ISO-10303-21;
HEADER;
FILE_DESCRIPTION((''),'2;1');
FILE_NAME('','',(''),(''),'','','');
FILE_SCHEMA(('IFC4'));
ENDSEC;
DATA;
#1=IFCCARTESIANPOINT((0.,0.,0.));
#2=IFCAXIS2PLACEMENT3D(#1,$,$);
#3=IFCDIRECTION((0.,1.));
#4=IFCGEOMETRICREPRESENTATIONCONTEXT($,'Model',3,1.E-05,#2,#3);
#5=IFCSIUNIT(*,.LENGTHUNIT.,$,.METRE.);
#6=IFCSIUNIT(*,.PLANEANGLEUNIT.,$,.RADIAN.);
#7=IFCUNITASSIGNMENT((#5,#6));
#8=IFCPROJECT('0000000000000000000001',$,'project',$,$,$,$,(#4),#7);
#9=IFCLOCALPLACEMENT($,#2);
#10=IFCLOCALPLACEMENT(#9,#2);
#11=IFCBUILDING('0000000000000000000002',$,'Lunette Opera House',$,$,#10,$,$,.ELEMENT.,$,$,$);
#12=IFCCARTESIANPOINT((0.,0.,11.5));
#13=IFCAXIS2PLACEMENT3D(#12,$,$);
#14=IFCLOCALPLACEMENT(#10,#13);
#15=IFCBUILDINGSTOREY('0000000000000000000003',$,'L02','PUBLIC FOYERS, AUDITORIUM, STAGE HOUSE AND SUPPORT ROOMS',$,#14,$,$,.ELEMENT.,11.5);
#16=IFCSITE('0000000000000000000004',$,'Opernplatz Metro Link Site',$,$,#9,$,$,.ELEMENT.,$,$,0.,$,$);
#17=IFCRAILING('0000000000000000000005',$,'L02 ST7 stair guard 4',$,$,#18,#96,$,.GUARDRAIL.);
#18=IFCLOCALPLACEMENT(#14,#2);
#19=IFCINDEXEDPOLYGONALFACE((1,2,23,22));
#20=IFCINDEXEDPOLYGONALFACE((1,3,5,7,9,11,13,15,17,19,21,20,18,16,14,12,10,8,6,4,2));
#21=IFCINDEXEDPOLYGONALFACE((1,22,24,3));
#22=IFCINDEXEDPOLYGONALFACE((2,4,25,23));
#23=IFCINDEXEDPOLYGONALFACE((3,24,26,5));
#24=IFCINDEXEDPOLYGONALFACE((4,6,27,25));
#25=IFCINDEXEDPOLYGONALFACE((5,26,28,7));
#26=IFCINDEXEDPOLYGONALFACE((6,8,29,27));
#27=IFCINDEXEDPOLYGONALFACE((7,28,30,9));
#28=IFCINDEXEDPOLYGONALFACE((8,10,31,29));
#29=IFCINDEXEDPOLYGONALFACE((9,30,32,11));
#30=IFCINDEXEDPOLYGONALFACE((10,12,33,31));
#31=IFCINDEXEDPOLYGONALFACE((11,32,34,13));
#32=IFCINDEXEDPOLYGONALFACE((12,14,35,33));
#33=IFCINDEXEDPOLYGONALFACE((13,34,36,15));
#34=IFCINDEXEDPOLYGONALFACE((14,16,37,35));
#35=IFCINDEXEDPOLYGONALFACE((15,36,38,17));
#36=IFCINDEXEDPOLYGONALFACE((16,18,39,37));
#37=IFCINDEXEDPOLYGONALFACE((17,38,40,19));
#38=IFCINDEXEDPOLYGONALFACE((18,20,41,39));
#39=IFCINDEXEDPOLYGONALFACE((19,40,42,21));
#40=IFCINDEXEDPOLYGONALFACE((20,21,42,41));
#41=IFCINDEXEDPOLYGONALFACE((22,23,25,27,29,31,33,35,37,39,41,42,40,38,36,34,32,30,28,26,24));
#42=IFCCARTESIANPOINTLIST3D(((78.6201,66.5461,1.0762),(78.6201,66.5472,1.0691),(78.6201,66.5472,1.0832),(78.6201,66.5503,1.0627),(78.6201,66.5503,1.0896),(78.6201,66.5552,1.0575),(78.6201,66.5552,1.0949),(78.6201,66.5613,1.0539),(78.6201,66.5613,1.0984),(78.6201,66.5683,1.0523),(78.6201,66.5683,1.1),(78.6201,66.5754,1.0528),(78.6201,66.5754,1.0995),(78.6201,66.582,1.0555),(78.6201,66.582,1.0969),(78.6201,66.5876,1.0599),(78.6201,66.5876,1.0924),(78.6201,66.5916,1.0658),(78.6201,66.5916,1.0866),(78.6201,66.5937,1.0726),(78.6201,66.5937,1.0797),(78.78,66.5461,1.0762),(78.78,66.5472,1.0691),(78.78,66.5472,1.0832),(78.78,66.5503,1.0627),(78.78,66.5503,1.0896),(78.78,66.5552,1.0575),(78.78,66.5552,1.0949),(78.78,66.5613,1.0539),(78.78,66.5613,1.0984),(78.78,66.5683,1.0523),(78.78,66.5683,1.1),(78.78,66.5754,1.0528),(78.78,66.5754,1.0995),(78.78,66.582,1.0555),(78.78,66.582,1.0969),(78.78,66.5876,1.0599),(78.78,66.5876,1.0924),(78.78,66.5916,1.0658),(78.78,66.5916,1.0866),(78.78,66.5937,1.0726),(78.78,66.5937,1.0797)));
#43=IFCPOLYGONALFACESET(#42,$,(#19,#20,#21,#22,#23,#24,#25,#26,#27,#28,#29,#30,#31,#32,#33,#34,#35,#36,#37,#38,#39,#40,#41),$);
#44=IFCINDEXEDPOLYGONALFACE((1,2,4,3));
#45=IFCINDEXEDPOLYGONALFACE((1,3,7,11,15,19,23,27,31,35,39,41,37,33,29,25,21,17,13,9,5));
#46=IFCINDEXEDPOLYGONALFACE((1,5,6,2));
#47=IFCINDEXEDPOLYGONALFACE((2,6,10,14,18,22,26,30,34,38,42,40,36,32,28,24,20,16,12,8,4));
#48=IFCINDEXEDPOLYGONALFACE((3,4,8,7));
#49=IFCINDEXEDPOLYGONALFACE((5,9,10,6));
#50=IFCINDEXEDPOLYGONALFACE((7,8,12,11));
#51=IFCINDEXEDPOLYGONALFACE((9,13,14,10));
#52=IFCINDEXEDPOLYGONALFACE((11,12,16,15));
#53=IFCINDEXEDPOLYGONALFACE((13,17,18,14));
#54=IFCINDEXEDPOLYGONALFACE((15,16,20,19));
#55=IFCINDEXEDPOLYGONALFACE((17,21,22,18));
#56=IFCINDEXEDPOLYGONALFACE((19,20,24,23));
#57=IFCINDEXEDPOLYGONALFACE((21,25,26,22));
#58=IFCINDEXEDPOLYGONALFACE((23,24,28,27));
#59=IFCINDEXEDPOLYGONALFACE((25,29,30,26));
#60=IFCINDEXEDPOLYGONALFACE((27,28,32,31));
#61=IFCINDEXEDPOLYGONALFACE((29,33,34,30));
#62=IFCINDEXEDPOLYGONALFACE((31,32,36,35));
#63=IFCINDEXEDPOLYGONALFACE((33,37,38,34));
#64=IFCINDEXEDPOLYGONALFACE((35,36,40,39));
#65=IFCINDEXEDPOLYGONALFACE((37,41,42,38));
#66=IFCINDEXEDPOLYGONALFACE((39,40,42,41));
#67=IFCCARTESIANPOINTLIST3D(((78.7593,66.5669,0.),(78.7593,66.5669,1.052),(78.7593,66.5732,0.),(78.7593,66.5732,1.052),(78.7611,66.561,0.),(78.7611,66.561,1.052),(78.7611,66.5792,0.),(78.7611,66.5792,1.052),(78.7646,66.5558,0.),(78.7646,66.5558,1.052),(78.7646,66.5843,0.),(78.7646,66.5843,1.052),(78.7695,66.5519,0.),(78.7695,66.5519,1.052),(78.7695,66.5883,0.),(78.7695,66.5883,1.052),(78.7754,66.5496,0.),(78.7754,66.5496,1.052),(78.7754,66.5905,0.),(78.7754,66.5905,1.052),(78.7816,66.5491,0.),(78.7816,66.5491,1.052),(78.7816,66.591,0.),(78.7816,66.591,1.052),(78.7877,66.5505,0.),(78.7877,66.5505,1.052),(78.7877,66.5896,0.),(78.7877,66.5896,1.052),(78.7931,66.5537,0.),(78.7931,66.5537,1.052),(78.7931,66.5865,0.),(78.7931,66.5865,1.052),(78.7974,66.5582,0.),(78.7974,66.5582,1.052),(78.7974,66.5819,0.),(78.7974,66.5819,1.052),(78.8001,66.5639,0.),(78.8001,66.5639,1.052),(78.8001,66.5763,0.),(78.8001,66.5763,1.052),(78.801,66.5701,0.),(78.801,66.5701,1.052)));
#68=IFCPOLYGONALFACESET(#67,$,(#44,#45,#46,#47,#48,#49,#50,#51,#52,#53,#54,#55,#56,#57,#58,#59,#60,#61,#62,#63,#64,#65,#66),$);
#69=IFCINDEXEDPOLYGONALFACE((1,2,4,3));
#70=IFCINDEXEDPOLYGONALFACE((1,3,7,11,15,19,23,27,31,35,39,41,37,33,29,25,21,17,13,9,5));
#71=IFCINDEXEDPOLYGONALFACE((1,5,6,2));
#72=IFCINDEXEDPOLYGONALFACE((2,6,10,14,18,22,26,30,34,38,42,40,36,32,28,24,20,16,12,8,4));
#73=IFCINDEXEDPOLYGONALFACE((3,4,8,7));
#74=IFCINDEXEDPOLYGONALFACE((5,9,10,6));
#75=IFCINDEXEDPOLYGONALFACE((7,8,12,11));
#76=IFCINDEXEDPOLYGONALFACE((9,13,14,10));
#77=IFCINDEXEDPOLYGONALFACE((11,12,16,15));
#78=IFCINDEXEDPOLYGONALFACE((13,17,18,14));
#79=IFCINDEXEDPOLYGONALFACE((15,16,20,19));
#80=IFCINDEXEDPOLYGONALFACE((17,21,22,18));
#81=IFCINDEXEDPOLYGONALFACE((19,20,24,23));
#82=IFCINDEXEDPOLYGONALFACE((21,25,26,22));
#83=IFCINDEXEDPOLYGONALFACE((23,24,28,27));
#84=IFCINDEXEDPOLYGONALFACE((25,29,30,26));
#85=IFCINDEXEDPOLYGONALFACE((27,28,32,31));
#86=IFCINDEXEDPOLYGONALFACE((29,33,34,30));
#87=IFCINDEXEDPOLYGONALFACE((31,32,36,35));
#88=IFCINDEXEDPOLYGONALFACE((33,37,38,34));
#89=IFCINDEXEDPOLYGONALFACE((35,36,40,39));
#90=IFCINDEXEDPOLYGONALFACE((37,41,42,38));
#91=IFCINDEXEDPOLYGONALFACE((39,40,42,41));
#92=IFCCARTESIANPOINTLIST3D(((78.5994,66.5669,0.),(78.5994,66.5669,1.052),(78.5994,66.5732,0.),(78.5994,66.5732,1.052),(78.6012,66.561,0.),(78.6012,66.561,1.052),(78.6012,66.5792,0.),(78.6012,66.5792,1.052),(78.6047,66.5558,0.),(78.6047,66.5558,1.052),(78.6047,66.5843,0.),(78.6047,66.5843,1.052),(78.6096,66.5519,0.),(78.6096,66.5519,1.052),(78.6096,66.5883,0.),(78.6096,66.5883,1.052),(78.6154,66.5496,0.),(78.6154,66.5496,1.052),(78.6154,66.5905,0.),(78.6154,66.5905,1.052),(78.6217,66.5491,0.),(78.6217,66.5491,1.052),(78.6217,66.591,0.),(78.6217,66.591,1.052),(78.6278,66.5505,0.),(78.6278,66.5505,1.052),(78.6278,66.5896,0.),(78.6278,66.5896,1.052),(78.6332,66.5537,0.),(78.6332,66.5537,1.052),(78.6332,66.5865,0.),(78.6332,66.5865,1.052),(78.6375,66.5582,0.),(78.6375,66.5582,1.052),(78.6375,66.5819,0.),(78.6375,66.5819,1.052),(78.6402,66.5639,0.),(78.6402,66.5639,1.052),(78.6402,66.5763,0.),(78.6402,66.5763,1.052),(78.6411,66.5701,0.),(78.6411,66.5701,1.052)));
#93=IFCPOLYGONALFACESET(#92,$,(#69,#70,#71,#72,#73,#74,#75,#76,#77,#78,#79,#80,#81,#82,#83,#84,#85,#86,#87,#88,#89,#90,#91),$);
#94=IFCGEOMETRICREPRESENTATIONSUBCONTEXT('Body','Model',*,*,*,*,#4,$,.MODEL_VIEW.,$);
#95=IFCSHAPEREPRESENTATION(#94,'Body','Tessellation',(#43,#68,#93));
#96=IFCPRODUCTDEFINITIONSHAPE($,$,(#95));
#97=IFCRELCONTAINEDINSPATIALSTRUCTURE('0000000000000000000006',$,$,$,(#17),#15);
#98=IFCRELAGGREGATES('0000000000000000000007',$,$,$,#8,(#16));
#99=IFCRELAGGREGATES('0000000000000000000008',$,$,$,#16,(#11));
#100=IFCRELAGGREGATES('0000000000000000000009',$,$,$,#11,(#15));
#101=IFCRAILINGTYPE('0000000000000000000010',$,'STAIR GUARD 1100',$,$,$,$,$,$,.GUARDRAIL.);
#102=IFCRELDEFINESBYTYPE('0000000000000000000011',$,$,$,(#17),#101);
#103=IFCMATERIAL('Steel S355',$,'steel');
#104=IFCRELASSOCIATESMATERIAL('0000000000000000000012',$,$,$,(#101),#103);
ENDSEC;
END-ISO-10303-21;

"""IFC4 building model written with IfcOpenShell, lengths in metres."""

from ifc_helpers import new_model, si_unit, direction, frame, origin, origin_2d, place, context, subcontext, project, spatial, circle, extrude, material, type_object, element, save


model = new_model("IFC4")

# Units and contexts
model_context = context("Model", 3, precision=1e-05, world=origin(), true_north=direction((0.0, 1.0)))
body_context = subcontext(model_context, "Body", "Model", "MODEL_VIEW")
ifc_project = project(units=[si_unit("LENGTHUNIT", "METRE"), si_unit("PLANEANGLEUNIT", "RADIAN")], contexts=[model_context])

# Site, building, storey
site_placement = place(None, origin())
site = spatial("IfcSite", under=ifc_project, at=site_placement, Name="Opernplatz Metro Link Site", CompositionType="ELEMENT", RefElevation=0.0)
building_placement = place(site_placement, origin())
building = spatial("IfcBuilding", under=site, at=building_placement, Name="Lunette Opera House", CompositionType="ELEMENT")
storey_placement = place(building_placement, frame((0.0, 0.0, 11.5)))
storey = spatial("IfcBuildingStorey", under=building, at=storey_placement, Name="L02", Description="PUBLIC FOYERS, AUDITORIUM, STAGE HOUSE AND SUPPORT ROOMS", CompositionType="ELEMENT", Elevation=11.5)

# Railing
ifc_material_1 = material(Name="Steel S355", Category="steel")
railing_type_1 = type_object("IfcRailingType", Name="STAIR GUARD 1100", PredefinedType="GUARDRAIL", material=ifc_material_1)
railing_1_placement = place(storey_placement, frame((78.78, 66.5701, 0.0)))
element("IfcRailing", 1, at=railing_1_placement, inside=storey, type_object=railing_type_1, Name="L02 ST7 stair guard 4", PredefinedType="GUARDRAIL", context=body_context, shape_type="SweptSolid", body=[
    extrude(circle(Radius=0.0239, at=origin_2d()), frame((0.0, 0.0, 1.0762), z_axis=(-1.0, 0.0, 0.0), x_axis=(0.0, -1.0, 0.0)), (0.0, 0.0, 1.0), 0.1599),
    extrude(circle(Radius=0.021, at=origin_2d()), origin(), (0.0, 0.0, 1.0), 1.052),
    extrude(circle(Radius=0.021, at=origin_2d()), frame((-0.1599, 0.0, 0.0)), (0.0, 0.0, 1.0), 1.052),
])

save(model, "model.ifc")
